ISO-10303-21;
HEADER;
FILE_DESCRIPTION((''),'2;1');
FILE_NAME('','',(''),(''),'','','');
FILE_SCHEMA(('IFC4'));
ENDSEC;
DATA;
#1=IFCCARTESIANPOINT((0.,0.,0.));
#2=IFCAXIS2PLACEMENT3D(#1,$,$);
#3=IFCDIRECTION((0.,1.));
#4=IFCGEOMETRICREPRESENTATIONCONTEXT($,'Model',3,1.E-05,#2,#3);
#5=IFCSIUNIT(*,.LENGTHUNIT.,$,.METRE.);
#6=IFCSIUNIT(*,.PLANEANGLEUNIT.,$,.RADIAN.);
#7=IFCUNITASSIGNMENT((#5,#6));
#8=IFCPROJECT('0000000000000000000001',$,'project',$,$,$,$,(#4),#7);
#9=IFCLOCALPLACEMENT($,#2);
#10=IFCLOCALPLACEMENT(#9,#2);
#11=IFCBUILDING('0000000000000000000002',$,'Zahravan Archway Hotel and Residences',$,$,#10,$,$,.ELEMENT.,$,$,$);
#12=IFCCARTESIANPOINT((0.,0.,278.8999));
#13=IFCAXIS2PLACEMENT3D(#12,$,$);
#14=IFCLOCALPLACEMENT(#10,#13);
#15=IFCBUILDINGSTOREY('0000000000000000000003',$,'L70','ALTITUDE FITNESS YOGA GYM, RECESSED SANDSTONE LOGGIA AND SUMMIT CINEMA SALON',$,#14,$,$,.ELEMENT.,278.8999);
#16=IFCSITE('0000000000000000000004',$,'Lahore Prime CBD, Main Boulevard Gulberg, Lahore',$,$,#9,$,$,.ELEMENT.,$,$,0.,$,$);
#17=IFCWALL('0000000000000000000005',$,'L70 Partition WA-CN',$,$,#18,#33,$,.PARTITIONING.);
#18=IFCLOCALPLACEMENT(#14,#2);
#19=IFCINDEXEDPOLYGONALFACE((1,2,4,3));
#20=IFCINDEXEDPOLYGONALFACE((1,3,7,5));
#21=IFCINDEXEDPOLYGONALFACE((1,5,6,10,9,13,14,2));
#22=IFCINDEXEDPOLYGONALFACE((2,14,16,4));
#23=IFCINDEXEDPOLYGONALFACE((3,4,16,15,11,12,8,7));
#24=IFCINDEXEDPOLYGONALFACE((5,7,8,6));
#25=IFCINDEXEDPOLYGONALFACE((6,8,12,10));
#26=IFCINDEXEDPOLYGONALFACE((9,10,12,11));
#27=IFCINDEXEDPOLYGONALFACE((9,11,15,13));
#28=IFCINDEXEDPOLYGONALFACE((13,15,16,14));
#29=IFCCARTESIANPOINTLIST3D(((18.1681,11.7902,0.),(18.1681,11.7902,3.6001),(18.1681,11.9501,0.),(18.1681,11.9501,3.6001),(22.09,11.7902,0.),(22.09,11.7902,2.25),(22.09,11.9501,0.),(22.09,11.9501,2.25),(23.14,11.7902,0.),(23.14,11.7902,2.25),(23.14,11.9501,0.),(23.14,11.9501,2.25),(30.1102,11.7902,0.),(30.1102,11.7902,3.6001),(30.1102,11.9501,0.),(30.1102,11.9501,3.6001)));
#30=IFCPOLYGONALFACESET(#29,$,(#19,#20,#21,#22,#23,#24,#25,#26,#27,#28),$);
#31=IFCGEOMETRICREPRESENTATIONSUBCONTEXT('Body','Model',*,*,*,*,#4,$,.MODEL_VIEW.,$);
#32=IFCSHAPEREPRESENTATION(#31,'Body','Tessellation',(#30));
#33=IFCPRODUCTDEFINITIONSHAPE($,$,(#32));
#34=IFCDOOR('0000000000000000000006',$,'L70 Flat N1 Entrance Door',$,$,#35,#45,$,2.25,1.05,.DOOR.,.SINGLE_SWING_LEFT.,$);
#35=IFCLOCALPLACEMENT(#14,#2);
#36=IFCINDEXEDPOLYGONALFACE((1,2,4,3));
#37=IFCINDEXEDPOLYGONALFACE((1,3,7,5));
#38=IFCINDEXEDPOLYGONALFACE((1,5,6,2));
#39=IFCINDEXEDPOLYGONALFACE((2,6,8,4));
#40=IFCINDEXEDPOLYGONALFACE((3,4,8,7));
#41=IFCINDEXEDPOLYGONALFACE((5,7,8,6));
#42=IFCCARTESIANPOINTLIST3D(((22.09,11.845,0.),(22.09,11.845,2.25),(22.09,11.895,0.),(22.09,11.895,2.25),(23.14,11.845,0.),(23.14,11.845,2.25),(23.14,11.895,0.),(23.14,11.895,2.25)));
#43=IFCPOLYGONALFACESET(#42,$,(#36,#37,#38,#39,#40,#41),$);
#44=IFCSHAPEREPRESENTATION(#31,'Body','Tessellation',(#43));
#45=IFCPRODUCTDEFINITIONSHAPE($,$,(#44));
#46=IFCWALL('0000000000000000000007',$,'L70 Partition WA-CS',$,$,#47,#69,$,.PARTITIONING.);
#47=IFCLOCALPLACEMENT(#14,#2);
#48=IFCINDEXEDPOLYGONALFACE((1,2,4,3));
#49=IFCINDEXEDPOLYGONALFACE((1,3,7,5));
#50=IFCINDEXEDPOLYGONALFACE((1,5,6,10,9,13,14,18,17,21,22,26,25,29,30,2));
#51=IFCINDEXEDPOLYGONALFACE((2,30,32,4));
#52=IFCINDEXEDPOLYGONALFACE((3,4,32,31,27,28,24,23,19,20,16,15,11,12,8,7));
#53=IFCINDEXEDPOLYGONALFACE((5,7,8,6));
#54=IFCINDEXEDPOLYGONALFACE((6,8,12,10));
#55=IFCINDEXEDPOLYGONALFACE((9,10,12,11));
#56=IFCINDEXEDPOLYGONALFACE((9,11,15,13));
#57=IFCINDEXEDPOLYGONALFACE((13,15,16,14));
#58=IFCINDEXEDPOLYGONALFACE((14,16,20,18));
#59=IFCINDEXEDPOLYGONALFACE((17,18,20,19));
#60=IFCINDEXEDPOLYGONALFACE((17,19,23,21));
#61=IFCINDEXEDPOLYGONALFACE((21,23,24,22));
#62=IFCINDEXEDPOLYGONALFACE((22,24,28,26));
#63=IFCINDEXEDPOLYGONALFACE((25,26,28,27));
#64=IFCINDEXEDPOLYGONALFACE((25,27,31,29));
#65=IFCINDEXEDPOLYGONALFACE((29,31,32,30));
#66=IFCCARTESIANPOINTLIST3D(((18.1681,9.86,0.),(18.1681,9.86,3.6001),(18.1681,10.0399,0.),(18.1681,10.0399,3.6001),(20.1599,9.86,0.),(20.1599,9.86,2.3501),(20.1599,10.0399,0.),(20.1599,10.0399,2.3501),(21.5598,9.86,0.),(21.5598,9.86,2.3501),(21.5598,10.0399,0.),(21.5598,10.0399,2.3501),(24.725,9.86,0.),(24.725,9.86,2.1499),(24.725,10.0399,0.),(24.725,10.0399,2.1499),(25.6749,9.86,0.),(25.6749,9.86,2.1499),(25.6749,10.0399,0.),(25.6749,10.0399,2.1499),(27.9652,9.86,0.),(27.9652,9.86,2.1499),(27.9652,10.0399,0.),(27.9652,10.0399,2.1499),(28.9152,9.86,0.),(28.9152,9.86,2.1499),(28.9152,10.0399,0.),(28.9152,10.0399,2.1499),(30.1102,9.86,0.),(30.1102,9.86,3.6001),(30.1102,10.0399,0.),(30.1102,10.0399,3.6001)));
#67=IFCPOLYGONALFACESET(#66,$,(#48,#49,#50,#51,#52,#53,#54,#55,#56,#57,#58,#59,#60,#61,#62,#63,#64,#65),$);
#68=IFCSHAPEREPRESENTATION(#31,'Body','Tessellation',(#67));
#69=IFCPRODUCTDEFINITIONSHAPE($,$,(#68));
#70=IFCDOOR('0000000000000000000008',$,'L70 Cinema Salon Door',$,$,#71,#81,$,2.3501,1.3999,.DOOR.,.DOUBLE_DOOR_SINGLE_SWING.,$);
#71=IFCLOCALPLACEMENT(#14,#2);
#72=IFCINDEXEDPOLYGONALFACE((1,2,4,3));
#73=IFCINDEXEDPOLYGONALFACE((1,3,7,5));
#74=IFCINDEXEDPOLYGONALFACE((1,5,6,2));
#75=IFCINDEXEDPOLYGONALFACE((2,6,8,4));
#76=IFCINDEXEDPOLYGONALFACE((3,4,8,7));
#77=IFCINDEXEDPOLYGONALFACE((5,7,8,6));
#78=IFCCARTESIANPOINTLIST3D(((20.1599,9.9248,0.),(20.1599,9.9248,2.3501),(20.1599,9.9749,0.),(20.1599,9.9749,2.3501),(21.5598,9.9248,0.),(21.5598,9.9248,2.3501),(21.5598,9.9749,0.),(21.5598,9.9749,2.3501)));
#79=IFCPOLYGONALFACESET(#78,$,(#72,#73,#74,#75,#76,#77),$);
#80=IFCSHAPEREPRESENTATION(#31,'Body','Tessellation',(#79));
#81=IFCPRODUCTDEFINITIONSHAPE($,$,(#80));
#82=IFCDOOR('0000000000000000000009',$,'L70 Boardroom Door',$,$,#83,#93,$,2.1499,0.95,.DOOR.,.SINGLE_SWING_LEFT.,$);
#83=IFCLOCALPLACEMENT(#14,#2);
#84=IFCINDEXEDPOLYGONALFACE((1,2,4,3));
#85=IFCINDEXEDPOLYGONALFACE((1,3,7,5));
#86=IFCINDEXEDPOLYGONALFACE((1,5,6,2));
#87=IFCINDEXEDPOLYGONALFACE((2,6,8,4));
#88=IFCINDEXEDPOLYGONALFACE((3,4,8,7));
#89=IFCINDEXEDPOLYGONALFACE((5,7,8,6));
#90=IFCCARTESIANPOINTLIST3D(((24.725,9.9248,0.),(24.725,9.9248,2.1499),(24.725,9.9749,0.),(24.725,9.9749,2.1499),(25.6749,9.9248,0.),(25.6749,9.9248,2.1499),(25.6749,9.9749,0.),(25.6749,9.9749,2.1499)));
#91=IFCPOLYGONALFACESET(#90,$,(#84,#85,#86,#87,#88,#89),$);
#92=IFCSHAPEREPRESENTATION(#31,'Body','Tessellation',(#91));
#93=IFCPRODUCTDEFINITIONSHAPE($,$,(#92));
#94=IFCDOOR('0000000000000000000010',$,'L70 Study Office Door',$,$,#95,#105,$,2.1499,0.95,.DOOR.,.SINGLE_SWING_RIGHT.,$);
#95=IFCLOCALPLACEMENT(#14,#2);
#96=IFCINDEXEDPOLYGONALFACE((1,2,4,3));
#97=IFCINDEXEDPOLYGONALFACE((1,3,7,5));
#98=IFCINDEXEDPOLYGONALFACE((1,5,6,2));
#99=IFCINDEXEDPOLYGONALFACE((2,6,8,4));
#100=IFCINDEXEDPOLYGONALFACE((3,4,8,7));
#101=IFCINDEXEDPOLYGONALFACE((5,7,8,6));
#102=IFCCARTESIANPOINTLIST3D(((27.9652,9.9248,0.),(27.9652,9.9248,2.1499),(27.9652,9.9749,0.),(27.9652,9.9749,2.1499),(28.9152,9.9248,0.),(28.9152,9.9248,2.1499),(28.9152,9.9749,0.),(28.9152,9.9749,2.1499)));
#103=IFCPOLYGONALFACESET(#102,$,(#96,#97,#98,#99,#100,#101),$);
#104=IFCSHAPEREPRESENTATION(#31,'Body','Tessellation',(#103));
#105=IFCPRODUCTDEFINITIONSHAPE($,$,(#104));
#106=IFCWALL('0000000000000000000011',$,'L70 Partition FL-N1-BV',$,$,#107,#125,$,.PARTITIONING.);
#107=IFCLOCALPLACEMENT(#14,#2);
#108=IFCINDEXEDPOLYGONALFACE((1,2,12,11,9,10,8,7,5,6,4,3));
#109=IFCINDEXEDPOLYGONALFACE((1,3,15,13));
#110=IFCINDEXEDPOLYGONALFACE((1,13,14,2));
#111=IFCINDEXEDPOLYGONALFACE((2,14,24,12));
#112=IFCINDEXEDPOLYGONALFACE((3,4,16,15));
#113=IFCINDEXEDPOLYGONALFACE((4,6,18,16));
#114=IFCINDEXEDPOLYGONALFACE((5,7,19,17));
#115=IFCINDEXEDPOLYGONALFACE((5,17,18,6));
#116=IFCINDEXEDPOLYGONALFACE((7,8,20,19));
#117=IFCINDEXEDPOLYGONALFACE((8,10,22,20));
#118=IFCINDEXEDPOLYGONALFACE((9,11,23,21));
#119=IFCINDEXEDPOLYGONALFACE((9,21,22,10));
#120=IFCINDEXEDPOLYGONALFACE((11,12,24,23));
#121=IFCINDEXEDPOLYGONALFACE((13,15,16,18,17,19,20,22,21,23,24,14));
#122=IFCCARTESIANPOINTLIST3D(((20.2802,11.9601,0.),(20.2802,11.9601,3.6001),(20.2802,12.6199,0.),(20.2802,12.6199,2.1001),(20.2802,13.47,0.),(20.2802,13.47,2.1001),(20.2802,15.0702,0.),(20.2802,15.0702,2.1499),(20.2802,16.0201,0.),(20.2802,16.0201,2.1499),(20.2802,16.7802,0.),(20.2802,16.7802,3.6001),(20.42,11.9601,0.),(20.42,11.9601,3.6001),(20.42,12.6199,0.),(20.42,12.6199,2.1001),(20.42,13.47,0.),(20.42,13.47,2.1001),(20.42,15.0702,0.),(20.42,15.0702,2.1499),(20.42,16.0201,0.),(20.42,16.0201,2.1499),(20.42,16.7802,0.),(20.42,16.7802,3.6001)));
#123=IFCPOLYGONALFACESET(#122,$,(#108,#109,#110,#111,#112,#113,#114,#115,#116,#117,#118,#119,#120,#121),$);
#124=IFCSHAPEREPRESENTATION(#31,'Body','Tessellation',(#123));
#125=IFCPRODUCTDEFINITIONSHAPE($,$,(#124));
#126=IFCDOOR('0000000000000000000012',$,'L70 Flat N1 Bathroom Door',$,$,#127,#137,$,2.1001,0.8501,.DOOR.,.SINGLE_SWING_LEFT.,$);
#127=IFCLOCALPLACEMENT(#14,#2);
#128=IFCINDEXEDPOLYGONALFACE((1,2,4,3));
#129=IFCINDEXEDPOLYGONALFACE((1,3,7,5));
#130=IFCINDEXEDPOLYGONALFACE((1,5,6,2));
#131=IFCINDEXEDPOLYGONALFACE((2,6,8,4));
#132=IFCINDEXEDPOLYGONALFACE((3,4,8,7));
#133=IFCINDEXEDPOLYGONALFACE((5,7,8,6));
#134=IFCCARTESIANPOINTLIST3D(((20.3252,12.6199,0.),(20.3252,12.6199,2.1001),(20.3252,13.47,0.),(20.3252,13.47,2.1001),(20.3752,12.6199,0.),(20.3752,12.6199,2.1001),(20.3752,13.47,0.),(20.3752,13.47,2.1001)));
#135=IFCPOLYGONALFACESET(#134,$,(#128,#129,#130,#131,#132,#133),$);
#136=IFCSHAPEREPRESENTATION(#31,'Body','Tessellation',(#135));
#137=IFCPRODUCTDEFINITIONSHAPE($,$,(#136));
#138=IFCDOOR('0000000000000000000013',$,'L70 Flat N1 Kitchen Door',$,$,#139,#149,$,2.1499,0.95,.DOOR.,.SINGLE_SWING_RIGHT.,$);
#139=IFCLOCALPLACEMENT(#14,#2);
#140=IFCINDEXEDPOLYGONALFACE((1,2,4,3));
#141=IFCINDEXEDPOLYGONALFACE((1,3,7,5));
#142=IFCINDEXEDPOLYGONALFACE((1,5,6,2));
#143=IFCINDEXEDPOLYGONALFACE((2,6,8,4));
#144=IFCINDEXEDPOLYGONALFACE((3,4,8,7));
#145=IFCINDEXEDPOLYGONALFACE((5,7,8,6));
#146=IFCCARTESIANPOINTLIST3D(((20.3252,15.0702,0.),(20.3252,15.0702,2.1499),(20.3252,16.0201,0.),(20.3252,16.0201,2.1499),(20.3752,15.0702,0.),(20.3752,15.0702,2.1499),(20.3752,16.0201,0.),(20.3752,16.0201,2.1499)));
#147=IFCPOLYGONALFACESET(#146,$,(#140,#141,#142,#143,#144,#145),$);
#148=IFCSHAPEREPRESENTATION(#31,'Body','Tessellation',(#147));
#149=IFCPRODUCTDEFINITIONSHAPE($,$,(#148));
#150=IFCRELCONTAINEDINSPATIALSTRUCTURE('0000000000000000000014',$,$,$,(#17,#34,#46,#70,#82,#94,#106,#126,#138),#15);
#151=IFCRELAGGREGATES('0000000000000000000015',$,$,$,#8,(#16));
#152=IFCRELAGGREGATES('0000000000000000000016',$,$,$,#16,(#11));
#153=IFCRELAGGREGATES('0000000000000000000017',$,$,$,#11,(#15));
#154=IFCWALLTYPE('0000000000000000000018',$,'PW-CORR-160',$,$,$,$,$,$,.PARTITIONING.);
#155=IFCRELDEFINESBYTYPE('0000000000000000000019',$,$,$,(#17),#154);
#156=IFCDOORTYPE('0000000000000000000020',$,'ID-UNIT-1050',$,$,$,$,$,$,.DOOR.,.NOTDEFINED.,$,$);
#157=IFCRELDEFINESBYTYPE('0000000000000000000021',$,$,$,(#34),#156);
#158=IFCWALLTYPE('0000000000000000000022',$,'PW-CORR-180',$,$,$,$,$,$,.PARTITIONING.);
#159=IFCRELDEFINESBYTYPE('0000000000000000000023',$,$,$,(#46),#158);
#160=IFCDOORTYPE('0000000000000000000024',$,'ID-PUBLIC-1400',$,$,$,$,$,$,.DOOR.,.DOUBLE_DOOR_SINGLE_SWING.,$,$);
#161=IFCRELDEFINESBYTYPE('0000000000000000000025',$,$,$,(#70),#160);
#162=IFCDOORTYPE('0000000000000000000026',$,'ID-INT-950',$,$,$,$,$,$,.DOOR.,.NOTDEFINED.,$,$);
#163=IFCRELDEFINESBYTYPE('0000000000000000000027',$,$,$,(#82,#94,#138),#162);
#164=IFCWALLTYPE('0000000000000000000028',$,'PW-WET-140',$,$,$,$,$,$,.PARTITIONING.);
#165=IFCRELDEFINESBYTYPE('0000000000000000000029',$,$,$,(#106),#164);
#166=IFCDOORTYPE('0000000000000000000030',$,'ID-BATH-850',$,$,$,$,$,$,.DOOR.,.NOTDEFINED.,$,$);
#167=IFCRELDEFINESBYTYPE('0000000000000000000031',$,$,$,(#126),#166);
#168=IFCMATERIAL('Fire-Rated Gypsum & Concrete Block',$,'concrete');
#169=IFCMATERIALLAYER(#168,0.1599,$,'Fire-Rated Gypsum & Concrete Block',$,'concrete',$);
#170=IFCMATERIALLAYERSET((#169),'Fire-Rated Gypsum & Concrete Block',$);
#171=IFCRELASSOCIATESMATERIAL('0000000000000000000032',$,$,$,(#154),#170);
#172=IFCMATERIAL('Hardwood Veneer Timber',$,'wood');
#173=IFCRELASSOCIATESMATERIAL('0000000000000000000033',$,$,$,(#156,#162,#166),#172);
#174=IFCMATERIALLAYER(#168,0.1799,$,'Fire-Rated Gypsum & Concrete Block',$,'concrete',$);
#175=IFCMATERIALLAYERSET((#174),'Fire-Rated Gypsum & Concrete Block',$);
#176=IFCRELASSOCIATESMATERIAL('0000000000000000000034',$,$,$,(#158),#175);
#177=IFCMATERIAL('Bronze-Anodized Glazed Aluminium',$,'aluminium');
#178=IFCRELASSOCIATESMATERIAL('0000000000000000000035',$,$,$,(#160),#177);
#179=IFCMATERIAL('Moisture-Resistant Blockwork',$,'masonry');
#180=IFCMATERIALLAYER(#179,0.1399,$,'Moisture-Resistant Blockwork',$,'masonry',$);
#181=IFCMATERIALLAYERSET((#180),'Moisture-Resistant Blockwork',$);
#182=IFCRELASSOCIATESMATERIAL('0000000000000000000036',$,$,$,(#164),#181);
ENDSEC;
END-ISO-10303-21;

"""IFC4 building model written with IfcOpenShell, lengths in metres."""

from ifc_helpers import new_model, si_unit, direction, frame, frame_2d, origin, place, context, subcontext, project, spatial, rectangle, extrude, source, transform, mapped, material, layer, layer_set, type_object, type_shapes, element, fill, save


model = new_model("IFC4")

# Units and contexts
model_context = context("Model", 3, precision=1e-05, world=origin(), true_north=direction((0.0, 1.0)))
body_context = subcontext(model_context, "Body", "Model", "MODEL_VIEW")
ifc_project = project(units=[si_unit("LENGTHUNIT", "METRE"), si_unit("PLANEANGLEUNIT", "RADIAN")], contexts=[model_context])

# Site, building, storey
site_placement = place(None, origin())
site = spatial("IfcSite", under=ifc_project, at=site_placement, Name="Lahore Prime CBD, Main Boulevard Gulberg, Lahore", CompositionType="ELEMENT", RefElevation=0.0)
building_placement = place(site_placement, origin())
building = spatial("IfcBuilding", under=site, at=building_placement, Name="Zahravan Archway Hotel and Residences", CompositionType="ELEMENT")
storey_placement = place(building_placement, frame((0.0, 0.0, 278.8999)))
storey = spatial("IfcBuildingStorey", under=building, at=storey_placement, Name="L70", Description="ALTITUDE FITNESS YOGA GYM, RECESSED SANDSTONE LOGGIA AND SUMMIT CINEMA SALON", CompositionType="ELEMENT", Elevation=278.8999)

# Wall, opening, door
ifc_material_1 = material(Name="Fire-Rated Gypsum & Concrete Block", Category="concrete")
ifc_layer_1 = layer(ifc_material_1, 0.1599, Name="Fire-Rated Gypsum & Concrete Block", Category="concrete")
ifc_layer_set_1 = layer_set([ifc_layer_1], Name="Fire-Rated Gypsum & Concrete Block")
wall_type_1 = type_object("IfcWallType", Name="PW-CORR-160", PredefinedType="PARTITIONING", material=ifc_layer_set_1)
wall_1_placement = place(storey_placement, frame((18.168, 11.8701, 0.0), z_axis=(0.0, 0.0, 1.0), x_axis=(1.0, 0.0, 0.0)))
wall_1 = element("IfcWall", 1, at=wall_1_placement, inside=storey, type_object=wall_type_1, Name="L70 Partition WA-CN", PredefinedType="PARTITIONING", context=body_context, shape_type="SweptSolid", body=[
    extrude(rectangle(XDim=11.9421, YDim=0.1599, at=frame_2d((5.9712, 0.0))), origin(), (0.0, 0.0, 1.0), 3.6001),
])
opening_1_placement = place(wall_1_placement, frame((3.9221, 0.0, 0.0)))
opening_1 = element("IfcOpeningElement", 2, at=opening_1_placement, cuts=wall_1, PredefinedType="OPENING", context=body_context, shape_type="SweptSolid", body=[
    extrude(rectangle(XDim=1.05, YDim=2.25, at=frame_2d((0.5249, 1.125))), frame((0.0, 0.0898, 0.0), z_axis=(0.0, -1.0, 0.0), x_axis=(1.0, 0.0, 0.0)), (0.0, 0.0, 1.0), 0.1799),
])
ifc_material_2 = material(Name="Hardwood Veneer Timber", Category="wood")
door_type_1 = type_object("IfcDoorType", Name="ID-UNIT-1050", OperationType="NOTDEFINED", PredefinedType="DOOR", material=ifc_material_2)
shared_shape_1 = source(origin(), body_context, "Body", "SweptSolid", [
    extrude(rectangle(XDim=1.05, YDim=2.25, at=frame_2d((0.5249, 1.125))), frame((0.0, 0.0249, 0.0), z_axis=(0.0, -1.0, 0.0), x_axis=(1.0, 0.0, 0.0)), (0.0, 0.0, 1.0), 0.05),
])
type_shapes(door_type_1, [shared_shape_1])
door_1_placement = place(opening_1_placement, origin())
door_1 = element("IfcDoor", 3, at=door_1_placement, inside=storey, type_object=door_type_1, Name="L70 Flat N1 Entrance Door", OperationType="SINGLE_SWING_LEFT", OverallHeight=2.25, OverallWidth=1.05, PredefinedType="DOOR", context=body_context, shape_type="MappedRepresentation", body=[
    mapped(shared_shape_1, transform((0.0, 0.0, 0.0), scale=1.0)),
])
fill(opening_1, door_1)

# Walls, openings, doors
ifc_layer_2 = layer(ifc_material_1, 0.1799, Name="Fire-Rated Gypsum & Concrete Block", Category="concrete")
ifc_layer_set_2 = layer_set([ifc_layer_2], Name="Fire-Rated Gypsum & Concrete Block")
wall_type_2 = type_object("IfcWallType", Name="PW-CORR-180", PredefinedType="PARTITIONING", material=ifc_layer_set_2)
wall_2_placement = place(storey_placement, frame((18.168, 9.95, 0.0), z_axis=(0.0, 0.0, 1.0), x_axis=(1.0, 0.0, 0.0)))
wall_2 = element("IfcWall", 4, at=wall_2_placement, inside=storey, type_object=wall_type_2, Name="L70 Partition WA-CS", PredefinedType="PARTITIONING", context=body_context, shape_type="SweptSolid", body=[
    extrude(rectangle(XDim=11.9421, YDim=0.1799, at=frame_2d((5.9712, 0.0))), origin(), (0.0, 0.0, 1.0), 3.6001),
])
opening_2_placement = place(wall_2_placement, frame((1.9919, 0.0, 0.0)))
opening_2 = element("IfcOpeningElement", 5, at=opening_2_placement, cuts=wall_2, PredefinedType="OPENING", context=body_context, shape_type="SweptSolid", body=[
    extrude(rectangle(XDim=1.3999, YDim=2.3501, at=frame_2d((0.7, 1.175))), frame((0.0, 0.1001, 0.0), z_axis=(0.0, -1.0, 0.0), x_axis=(1.0, 0.0, 0.0)), (0.0, 0.0, 1.0), 0.2),
])
opening_3_placement = place(wall_2_placement, frame((6.5569, 0.0, 0.0)))
opening_3 = element("IfcOpeningElement", 6, at=opening_3_placement, cuts=wall_2, PredefinedType="OPENING", context=body_context, shape_type="SweptSolid", body=[
    extrude(rectangle(XDim=0.95, YDim=2.1499, at=frame_2d((0.4751, 1.075))), frame((0.0, 0.1001, 0.0), z_axis=(0.0, -1.0, 0.0), x_axis=(1.0, 0.0, 0.0)), (0.0, 0.0, 1.0), 0.2),
])
opening_4_placement = place(wall_2_placement, frame((9.7971, 0.0, 0.0)))
opening_4 = element("IfcOpeningElement", 7, at=opening_4_placement, cuts=wall_2, PredefinedType="OPENING", context=body_context, shape_type="SweptSolid", body=[
    extrude(rectangle(XDim=0.95, YDim=2.1499, at=frame_2d((0.4751, 1.075))), frame((0.0, 0.1001, 0.0), z_axis=(0.0, -1.0, 0.0), x_axis=(1.0, 0.0, 0.0)), (0.0, 0.0, 1.0), 0.2),
])
ifc_material_3 = material(Name="Bronze-Anodized Glazed Aluminium", Category="aluminium")
door_type_2 = type_object("IfcDoorType", Name="ID-PUBLIC-1400", OperationType="DOUBLE_DOOR_SINGLE_SWING", PredefinedType="DOOR", material=ifc_material_3)
shared_shape_2 = source(origin(), body_context, "Body", "SweptSolid", [
    extrude(rectangle(XDim=1.3999, YDim=2.3501, at=frame_2d((0.7, 1.175))), frame((0.0, 0.0249, 0.0), z_axis=(0.0, -1.0, 0.0), x_axis=(1.0, 0.0, 0.0)), (0.0, 0.0, 1.0), 0.05),
])
type_shapes(door_type_2, [shared_shape_2])
door_2_placement = place(opening_2_placement, origin())
door_2 = element("IfcDoor", 8, at=door_2_placement, inside=storey, type_object=door_type_2, Name="L70 Cinema Salon Door", OperationType="DOUBLE_DOOR_SINGLE_SWING", OverallHeight=2.3501, OverallWidth=1.3999, PredefinedType="DOOR", context=body_context, shape_type="MappedRepresentation", body=[
    mapped(shared_shape_2, transform((0.0, 0.0, 0.0), scale=1.0)),
])
fill(opening_2, door_2)
door_type_3 = type_object("IfcDoorType", Name="ID-INT-950", OperationType="NOTDEFINED", PredefinedType="DOOR", material=ifc_material_2)
shared_shape_3 = source(origin(), body_context, "Body", "SweptSolid", [
    extrude(rectangle(XDim=0.95, YDim=2.1499, at=frame_2d((0.4751, 1.075))), frame((0.0, 0.0249, 0.0), z_axis=(0.0, -1.0, 0.0), x_axis=(1.0, 0.0, 0.0)), (0.0, 0.0, 1.0), 0.05),
])
type_shapes(door_type_3, [shared_shape_3])
door_3_placement = place(opening_3_placement, origin())
door_3 = element("IfcDoor", 9, at=door_3_placement, inside=storey, type_object=door_type_3, Name="L70 Boardroom Door", OperationType="SINGLE_SWING_LEFT", OverallHeight=2.1499, OverallWidth=0.95, PredefinedType="DOOR", context=body_context, shape_type="MappedRepresentation", body=[
    mapped(shared_shape_3, transform((0.0, 0.0, 0.0), scale=1.0)),
])
fill(opening_3, door_3)
door_4_placement = place(opening_4_placement, origin())
door_4 = element("IfcDoor", 10, at=door_4_placement, inside=storey, type_object=door_type_3, Name="L70 Study Office Door", OperationType="SINGLE_SWING_RIGHT", OverallHeight=2.1499, OverallWidth=0.95, PredefinedType="DOOR", context=body_context, shape_type="MappedRepresentation", body=[
    mapped(shared_shape_3, transform((0.0, 0.0, 0.0), scale=1.0)),
])
fill(opening_4, door_4)
ifc_material_4 = material(Name="Moisture-Resistant Blockwork", Category="masonry")
ifc_layer_3 = layer(ifc_material_4, 0.1399, Name="Moisture-Resistant Blockwork", Category="masonry")
ifc_layer_set_3 = layer_set([ifc_layer_3], Name="Moisture-Resistant Blockwork")
wall_type_3 = type_object("IfcWallType", Name="PW-WET-140", PredefinedType="PARTITIONING", material=ifc_layer_set_3)
wall_3_placement = place(storey_placement, frame((20.3501, 11.96, 0.0), z_axis=(0.0, 0.0, 1.0), x_axis=(0.0, 1.0, 0.0)))
wall_3 = element("IfcWall", 11, at=wall_3_placement, inside=storey, type_object=wall_type_3, Name="L70 Partition FL-N1-BV", PredefinedType="PARTITIONING", context=body_context, shape_type="SweptSolid", body=[
    extrude(rectangle(XDim=4.8201, YDim=0.1399, at=frame_2d((2.4102, 0.0))), origin(), (0.0, 0.0, 1.0), 3.6001),
])
opening_5_placement = place(wall_3_placement, frame((0.6599, 0.0, 0.0)))
opening_5 = element("IfcOpeningElement", 12, at=opening_5_placement, cuts=wall_3, PredefinedType="OPENING", context=body_context, shape_type="SweptSolid", body=[
    extrude(rectangle(XDim=0.8501, YDim=2.1001, at=frame_2d((0.425, 1.05))), frame((0.0, 0.0801, 0.0), z_axis=(0.0, -1.0, 0.0), x_axis=(1.0, 0.0, 0.0)), (0.0, 0.0, 1.0), 0.1599),
])
opening_6_placement = place(wall_3_placement, frame((3.1101, 0.0, 0.0)))
opening_6 = element("IfcOpeningElement", 13, at=opening_6_placement, cuts=wall_3, PredefinedType="OPENING", context=body_context, shape_type="SweptSolid", body=[
    extrude(rectangle(XDim=0.95, YDim=2.1499, at=frame_2d((0.4751, 1.075))), frame((0.0, 0.0801, 0.0), z_axis=(0.0, -1.0, 0.0), x_axis=(1.0, 0.0, 0.0)), (0.0, 0.0, 1.0), 0.1599),
])
door_type_4 = type_object("IfcDoorType", Name="ID-BATH-850", OperationType="NOTDEFINED", PredefinedType="DOOR", material=ifc_material_2)
shared_shape_4 = source(origin(), body_context, "Body", "SweptSolid", [
    extrude(rectangle(XDim=0.8501, YDim=2.1001, at=frame_2d((0.425, 1.05))), frame((0.0, 0.0249, 0.0), z_axis=(0.0, -1.0, 0.0), x_axis=(1.0, 0.0, 0.0)), (0.0, 0.0, 1.0), 0.05),
])
type_shapes(door_type_4, [shared_shape_4])
door_5_placement = place(opening_5_placement, origin())
door_5 = element("IfcDoor", 14, at=door_5_placement, inside=storey, type_object=door_type_4, Name="L70 Flat N1 Bathroom Door", OperationType="SINGLE_SWING_LEFT", OverallHeight=2.1001, OverallWidth=0.8501, PredefinedType="DOOR", context=body_context, shape_type="MappedRepresentation", body=[
    mapped(shared_shape_4, transform((0.0, 0.0, 0.0), scale=1.0)),
])
fill(opening_5, door_5)
door_6_placement = place(opening_6_placement, origin())
door_6 = element("IfcDoor", 15, at=door_6_placement, inside=storey, type_object=door_type_3, Name="L70 Flat N1 Kitchen Door", OperationType="SINGLE_SWING_RIGHT", OverallHeight=2.1499, OverallWidth=0.95, PredefinedType="DOOR", context=body_context, shape_type="MappedRepresentation", body=[
    mapped(shared_shape_3, transform((0.0, 0.0, 0.0), scale=1.0)),
])
fill(opening_6, door_6)

save(model, "model.ifc")
